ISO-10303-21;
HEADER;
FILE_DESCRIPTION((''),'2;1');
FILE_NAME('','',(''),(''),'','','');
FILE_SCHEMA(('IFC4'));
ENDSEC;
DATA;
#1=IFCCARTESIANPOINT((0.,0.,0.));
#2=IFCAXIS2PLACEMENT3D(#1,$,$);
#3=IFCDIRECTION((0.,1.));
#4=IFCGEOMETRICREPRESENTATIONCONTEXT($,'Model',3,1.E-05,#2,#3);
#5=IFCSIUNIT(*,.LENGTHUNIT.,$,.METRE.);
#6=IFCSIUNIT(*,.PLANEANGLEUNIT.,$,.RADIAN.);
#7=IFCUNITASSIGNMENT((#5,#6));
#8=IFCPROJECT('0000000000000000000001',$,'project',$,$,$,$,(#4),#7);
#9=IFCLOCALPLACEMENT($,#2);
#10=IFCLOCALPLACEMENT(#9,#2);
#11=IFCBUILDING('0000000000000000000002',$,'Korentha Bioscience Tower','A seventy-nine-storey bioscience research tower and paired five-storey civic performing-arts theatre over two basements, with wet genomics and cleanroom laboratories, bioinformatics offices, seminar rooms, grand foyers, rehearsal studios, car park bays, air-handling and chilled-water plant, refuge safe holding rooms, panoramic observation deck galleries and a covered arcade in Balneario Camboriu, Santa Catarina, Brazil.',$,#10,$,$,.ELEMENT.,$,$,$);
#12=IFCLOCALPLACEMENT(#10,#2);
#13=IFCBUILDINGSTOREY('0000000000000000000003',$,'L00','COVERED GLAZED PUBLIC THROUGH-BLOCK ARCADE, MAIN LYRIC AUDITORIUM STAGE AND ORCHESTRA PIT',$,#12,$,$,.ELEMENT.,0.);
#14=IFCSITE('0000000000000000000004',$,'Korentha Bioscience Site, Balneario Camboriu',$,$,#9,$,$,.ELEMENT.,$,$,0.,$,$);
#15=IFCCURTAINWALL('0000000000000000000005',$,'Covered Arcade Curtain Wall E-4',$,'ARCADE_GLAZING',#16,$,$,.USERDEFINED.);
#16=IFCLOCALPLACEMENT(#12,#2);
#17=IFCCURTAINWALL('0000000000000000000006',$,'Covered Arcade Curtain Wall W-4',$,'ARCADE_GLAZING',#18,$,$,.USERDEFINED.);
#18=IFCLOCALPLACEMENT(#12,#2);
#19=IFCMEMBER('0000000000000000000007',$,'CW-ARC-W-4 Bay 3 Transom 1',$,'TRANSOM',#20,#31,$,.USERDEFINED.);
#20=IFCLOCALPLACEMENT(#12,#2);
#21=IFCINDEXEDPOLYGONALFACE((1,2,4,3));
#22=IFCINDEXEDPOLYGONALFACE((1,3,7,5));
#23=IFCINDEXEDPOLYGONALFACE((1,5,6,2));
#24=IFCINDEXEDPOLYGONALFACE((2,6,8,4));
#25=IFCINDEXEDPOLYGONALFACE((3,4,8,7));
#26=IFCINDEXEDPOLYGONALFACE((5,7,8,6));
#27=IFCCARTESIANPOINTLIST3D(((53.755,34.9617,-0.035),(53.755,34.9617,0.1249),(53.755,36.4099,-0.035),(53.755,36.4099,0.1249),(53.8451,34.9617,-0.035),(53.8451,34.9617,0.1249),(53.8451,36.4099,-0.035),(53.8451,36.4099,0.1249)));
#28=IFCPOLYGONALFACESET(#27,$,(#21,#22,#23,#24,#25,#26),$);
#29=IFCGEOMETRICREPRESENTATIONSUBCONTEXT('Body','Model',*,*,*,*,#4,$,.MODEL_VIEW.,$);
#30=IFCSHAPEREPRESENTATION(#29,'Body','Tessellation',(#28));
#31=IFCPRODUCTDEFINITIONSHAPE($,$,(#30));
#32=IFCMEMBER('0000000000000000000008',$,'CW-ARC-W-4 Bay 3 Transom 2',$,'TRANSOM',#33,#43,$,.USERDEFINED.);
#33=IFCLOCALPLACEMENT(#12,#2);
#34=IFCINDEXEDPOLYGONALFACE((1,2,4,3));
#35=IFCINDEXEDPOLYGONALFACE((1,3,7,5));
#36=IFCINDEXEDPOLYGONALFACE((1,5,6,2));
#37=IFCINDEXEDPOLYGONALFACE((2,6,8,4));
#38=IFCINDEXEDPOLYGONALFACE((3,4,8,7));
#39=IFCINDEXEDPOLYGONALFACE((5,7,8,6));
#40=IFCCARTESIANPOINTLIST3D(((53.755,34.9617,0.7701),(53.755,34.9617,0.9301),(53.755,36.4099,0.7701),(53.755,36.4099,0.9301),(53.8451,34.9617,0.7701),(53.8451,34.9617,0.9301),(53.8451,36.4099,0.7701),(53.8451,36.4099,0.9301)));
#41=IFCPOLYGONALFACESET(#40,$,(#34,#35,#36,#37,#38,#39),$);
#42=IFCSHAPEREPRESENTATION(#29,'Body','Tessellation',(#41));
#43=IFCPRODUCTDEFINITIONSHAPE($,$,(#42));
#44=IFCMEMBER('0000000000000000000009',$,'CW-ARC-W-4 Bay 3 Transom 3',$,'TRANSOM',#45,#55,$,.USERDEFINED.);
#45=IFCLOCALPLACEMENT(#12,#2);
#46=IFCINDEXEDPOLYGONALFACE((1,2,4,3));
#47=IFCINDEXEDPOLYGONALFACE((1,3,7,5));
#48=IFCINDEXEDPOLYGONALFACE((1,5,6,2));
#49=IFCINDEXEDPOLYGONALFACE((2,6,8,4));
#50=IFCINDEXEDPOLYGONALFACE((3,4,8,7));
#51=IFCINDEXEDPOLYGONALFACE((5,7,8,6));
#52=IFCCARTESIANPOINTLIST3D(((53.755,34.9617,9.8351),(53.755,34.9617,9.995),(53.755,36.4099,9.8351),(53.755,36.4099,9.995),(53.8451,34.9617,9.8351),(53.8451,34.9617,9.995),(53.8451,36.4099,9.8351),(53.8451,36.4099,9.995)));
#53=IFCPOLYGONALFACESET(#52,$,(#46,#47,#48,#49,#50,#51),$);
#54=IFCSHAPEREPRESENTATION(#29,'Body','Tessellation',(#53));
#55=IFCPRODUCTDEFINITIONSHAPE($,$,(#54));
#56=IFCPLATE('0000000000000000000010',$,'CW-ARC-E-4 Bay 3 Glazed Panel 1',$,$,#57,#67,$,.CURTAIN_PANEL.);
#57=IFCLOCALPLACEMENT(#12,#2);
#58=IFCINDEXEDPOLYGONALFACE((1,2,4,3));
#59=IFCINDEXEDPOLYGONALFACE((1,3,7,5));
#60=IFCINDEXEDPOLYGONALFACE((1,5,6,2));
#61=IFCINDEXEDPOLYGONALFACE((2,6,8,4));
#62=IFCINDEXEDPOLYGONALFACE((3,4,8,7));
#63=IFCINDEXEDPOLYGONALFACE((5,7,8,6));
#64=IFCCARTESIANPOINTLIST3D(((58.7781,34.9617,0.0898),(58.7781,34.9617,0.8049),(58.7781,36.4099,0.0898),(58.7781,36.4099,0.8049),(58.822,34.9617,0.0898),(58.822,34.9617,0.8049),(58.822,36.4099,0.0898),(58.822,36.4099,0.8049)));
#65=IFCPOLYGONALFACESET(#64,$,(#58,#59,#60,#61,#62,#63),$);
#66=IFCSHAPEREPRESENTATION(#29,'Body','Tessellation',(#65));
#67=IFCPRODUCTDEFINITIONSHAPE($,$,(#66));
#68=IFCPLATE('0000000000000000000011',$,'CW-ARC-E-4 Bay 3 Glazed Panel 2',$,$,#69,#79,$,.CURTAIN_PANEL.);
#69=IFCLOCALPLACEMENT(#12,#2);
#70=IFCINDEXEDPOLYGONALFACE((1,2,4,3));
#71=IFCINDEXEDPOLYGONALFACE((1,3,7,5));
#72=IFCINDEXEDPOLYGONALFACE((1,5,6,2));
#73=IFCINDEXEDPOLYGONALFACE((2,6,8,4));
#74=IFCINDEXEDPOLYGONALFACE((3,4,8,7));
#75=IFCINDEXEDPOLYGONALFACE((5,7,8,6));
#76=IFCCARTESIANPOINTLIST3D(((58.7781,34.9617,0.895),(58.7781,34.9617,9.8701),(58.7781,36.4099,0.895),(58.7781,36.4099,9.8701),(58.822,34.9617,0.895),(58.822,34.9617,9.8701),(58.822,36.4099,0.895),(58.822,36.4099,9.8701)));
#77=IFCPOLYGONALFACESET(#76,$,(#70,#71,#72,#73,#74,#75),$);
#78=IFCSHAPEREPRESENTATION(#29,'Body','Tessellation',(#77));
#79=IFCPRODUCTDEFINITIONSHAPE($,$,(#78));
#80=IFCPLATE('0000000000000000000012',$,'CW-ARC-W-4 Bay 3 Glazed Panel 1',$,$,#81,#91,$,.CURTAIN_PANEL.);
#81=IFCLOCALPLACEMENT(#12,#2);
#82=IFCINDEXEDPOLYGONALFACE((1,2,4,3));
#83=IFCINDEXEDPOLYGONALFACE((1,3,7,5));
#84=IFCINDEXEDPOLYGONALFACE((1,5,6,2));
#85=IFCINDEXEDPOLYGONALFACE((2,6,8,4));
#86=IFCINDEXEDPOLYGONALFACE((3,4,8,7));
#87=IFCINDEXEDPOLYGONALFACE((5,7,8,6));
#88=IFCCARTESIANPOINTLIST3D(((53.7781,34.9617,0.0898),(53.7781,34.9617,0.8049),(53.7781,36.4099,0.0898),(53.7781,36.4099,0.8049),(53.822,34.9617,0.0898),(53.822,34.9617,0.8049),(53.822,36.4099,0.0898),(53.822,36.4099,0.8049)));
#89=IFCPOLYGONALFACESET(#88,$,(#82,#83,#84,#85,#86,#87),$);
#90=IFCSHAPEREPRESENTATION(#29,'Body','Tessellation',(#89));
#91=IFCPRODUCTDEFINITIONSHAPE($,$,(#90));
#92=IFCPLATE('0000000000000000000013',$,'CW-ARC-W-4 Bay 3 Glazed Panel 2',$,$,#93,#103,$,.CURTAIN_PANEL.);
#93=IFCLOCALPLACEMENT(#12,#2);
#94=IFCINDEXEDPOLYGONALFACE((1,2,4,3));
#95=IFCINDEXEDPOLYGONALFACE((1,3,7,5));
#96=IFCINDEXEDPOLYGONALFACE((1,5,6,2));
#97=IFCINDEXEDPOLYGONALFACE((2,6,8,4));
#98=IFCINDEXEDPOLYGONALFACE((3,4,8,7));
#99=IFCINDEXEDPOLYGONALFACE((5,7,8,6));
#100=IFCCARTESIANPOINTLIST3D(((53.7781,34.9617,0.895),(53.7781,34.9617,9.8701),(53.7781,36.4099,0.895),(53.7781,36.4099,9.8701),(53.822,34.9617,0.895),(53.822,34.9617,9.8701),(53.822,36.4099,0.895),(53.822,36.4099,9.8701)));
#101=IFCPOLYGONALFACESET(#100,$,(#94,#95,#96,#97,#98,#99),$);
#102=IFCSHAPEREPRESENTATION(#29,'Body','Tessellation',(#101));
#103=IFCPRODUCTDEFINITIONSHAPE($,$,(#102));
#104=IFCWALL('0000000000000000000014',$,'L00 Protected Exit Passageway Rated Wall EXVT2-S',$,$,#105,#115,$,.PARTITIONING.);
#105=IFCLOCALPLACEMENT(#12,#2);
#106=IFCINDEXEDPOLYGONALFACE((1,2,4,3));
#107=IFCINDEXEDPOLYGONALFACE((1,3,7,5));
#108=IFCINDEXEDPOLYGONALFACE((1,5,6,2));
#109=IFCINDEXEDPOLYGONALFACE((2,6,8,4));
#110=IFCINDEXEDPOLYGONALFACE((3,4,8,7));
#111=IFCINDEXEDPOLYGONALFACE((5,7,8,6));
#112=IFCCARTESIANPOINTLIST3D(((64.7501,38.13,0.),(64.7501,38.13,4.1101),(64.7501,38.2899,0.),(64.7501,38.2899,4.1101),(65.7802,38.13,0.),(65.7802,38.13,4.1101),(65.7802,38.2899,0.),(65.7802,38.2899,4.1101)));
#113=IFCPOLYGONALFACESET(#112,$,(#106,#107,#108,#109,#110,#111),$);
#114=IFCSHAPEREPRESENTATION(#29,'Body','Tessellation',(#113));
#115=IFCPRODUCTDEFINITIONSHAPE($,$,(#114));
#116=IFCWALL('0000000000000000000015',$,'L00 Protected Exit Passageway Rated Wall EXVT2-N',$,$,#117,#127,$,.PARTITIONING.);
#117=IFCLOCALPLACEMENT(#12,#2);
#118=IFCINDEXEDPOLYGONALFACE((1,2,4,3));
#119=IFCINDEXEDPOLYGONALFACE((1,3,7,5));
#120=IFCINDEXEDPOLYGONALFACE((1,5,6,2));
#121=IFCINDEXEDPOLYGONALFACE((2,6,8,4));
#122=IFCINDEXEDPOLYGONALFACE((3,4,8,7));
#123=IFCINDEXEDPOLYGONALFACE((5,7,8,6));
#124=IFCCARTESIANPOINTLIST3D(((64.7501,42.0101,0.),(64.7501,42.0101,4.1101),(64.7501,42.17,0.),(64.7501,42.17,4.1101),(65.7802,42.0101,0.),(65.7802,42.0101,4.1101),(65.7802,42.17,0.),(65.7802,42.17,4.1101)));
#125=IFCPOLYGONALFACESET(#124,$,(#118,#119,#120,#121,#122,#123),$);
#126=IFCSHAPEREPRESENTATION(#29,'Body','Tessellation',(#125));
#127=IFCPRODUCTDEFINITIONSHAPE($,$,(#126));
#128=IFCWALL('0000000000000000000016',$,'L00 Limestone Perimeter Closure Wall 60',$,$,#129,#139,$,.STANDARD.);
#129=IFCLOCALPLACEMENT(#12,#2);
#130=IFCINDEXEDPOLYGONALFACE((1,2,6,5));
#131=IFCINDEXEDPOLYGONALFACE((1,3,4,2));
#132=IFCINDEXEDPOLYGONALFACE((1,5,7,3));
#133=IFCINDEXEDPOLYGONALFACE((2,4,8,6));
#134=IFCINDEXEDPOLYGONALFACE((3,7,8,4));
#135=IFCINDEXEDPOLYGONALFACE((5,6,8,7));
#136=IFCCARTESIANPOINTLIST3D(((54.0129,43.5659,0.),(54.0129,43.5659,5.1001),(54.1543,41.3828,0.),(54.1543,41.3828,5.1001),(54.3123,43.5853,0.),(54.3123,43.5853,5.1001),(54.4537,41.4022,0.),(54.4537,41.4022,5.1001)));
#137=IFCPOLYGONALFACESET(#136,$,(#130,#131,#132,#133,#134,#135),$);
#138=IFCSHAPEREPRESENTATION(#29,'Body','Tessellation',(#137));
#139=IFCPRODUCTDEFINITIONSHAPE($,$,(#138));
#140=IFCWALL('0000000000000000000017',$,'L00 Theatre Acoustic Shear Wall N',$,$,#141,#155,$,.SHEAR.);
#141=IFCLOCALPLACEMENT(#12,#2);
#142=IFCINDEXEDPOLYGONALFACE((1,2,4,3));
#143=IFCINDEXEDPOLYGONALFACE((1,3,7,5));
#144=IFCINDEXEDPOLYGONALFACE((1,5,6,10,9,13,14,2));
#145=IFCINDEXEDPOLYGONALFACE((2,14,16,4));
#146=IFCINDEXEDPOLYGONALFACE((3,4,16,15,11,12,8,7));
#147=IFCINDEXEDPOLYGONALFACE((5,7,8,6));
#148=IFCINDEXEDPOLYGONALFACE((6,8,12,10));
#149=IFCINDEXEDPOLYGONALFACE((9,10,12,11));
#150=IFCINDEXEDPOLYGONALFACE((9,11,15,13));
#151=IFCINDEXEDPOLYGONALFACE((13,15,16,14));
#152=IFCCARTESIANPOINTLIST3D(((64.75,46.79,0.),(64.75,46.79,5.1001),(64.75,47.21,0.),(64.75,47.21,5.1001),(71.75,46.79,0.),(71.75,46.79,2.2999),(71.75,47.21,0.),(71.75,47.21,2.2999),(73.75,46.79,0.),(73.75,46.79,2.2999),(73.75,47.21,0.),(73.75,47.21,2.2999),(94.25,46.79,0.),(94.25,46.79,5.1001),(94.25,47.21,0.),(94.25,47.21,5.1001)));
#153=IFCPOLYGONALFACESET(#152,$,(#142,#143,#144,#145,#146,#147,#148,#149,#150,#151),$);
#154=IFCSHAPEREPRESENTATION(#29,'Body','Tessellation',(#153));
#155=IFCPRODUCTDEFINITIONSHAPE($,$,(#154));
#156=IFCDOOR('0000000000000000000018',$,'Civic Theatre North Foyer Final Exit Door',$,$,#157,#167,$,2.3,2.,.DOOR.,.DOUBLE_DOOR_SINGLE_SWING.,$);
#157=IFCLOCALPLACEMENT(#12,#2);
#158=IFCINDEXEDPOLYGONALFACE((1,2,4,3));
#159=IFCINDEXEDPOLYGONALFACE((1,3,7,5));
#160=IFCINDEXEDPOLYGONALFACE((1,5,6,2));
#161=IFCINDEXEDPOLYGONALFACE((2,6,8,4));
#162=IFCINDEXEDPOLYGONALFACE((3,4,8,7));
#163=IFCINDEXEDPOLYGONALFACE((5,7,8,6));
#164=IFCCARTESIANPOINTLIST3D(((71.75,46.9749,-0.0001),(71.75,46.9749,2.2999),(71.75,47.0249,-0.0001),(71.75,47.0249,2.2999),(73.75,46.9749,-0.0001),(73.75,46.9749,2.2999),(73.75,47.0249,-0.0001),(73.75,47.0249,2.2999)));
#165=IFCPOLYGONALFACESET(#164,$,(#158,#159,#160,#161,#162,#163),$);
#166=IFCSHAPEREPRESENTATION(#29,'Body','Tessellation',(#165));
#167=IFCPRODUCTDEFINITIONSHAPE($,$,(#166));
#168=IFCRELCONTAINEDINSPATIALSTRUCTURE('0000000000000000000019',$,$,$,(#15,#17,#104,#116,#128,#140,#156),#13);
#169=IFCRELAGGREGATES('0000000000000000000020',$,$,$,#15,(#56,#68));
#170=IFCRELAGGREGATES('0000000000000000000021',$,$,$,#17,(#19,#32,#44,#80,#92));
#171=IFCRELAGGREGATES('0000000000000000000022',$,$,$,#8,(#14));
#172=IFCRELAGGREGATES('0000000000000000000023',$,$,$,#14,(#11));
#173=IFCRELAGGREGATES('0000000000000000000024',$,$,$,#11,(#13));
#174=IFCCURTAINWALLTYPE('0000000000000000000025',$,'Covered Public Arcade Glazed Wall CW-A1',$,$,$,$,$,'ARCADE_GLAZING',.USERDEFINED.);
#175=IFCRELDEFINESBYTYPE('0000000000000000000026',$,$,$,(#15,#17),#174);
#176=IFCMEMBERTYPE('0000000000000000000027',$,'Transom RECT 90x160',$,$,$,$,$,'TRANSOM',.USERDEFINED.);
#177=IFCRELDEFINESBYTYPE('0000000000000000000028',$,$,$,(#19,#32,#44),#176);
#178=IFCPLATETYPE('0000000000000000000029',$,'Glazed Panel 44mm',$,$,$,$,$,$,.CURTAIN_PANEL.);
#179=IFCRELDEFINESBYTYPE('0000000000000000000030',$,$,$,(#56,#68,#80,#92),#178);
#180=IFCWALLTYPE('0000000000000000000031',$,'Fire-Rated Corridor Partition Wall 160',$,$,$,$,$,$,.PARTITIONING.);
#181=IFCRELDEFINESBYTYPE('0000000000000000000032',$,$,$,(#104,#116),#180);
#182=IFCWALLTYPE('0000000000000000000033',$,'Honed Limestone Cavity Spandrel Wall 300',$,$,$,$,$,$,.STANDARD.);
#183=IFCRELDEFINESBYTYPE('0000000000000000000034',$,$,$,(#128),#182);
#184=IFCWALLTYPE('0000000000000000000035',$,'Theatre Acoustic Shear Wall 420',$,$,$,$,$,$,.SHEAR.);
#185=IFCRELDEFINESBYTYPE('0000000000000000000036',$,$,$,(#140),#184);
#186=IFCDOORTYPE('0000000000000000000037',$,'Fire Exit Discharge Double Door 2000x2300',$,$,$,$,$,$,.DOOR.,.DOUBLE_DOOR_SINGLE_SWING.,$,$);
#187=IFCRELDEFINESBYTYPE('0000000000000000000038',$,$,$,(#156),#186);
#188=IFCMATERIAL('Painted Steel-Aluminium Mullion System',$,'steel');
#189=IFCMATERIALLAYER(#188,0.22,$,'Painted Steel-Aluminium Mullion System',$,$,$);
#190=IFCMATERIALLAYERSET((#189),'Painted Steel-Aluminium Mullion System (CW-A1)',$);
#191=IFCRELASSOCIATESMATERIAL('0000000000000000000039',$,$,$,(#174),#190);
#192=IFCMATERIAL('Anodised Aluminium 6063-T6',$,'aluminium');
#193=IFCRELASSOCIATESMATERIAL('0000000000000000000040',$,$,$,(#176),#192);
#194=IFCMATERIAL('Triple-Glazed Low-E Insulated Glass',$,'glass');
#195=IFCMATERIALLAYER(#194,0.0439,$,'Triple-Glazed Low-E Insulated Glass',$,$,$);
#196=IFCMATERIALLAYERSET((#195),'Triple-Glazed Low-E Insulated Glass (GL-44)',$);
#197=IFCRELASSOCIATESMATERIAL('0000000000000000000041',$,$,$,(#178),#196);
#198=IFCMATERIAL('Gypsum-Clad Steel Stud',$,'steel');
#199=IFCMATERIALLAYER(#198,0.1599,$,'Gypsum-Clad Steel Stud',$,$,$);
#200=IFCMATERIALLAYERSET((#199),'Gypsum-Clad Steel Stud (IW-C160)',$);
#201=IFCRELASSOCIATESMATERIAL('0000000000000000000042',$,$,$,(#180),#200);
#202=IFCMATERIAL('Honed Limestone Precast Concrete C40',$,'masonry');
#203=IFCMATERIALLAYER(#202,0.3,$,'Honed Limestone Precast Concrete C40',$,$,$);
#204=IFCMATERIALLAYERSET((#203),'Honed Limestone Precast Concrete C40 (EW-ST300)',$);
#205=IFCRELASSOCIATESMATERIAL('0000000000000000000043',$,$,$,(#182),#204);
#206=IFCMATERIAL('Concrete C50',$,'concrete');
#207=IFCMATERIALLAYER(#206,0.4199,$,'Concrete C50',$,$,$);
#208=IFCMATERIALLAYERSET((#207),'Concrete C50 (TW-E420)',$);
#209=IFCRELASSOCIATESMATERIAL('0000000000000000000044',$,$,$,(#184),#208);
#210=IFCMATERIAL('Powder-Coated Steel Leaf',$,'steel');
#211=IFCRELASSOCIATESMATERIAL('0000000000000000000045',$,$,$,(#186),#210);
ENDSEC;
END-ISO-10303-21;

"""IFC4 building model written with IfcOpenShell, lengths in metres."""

from ifc_helpers import new_model, si_unit, direction, frame, frame_2d, origin, origin_2d, place, context, subcontext, project, spatial, rectangle, extrude, material, layer, layer_set, material_profile, profile_set, type_object, element, fill, aggregate, save


model = new_model("IFC4")

# Units and contexts
model_context = context("Model", 3, precision=1e-05, world=origin(), true_north=direction((0.0, 1.0)))
body_context = subcontext(model_context, "Body", "Model", "MODEL_VIEW")
ifc_project = project(units=[si_unit("LENGTHUNIT", "METRE"), si_unit("PLANEANGLEUNIT", "RADIAN")], contexts=[model_context])

# Site, building, storey
site_placement = place(None, origin())
site = spatial("IfcSite", under=ifc_project, at=site_placement, Name="Korentha Bioscience Site, Balneario Camboriu", CompositionType="ELEMENT", RefElevation=0.0)
building_placement = place(site_placement, origin())
building = spatial("IfcBuilding", under=site, at=building_placement, Name="Korentha Bioscience Tower", Description="A seventy-nine-storey bioscience research tower and paired five-storey civic performing-arts theatre over two basements, with wet genomics and cleanroom laboratories, bioinformatics offices, seminar rooms, grand foyers, rehearsal studios, car park bays, air-handling and chilled-water plant, refuge safe holding rooms, panoramic observation deck galleries and a covered arcade in Balneario Camboriu, Santa Catarina, Brazil.", CompositionType="ELEMENT")
storey_placement = place(building_placement, origin())
storey = spatial("IfcBuildingStorey", under=building, at=storey_placement, Name="L00", Description="COVERED GLAZED PUBLIC THROUGH-BLOCK ARCADE, MAIN LYRIC AUDITORIUM STAGE AND ORCHESTRA PIT", CompositionType="ELEMENT", Elevation=0.0)

# Shared definitions
ifc_material_1 = material(Name="Anodised Aluminium 6063-T6", Category="aluminium")

# Curtain wall
ifc_material_2 = material(Name="Painted Steel-Aluminium Mullion System", Category="steel")
ifc_layer_1 = layer(ifc_material_2, 0.22, Name="Painted Steel-Aluminium Mullion System")
ifc_layer_set_1 = layer_set([ifc_layer_1], Name="Painted Steel-Aluminium Mullion System (CW-A1)")
curtain_wall_type_1 = type_object("IfcCurtainWallType", Name="Covered Public Arcade Glazed Wall CW-A1", ElementType="ARCADE_GLAZING", PredefinedType="USERDEFINED", material=ifc_layer_set_1)
curtain_wall_1_placement = place(storey_placement, origin())
curtain_wall_1 = element("IfcCurtainWall", 1, at=curtain_wall_1_placement, inside=storey, type_object=curtain_wall_type_1, Name="Covered Arcade Curtain Wall E-4", ObjectType="ARCADE_GLAZING", PredefinedType="USERDEFINED")

# Curtain wall
curtain_wall_2_placement = place(storey_placement, origin())
curtain_wall_2 = element("IfcCurtainWall", 2, at=curtain_wall_2_placement, inside=storey, type_object=curtain_wall_type_1, Name="Covered Arcade Curtain Wall W-4", ObjectType="ARCADE_GLAZING", PredefinedType="USERDEFINED")

# Members
ifc_material_profile_1 = material_profile(ifc_material_1, rectangle(XDim=0.0901, YDim=0.1599, at=origin_2d()), Name="Anodised Aluminium 6063-T6")
ifc_profile_set_1 = profile_set([ifc_material_profile_1], Name="Anodised Aluminium 6063-T6 (CW-TRN)")
member_type_1 = type_object("IfcMemberType", Name="Transom RECT 90x160", ElementType="TRANSOM", PredefinedType="USERDEFINED", material=ifc_profile_set_1)
member_1_placement = place(storey_placement, frame((53.8, 34.9617, 0.0449), z_axis=(0.0, 1.0, 0.0), x_axis=(-1.0, 0.0, 0.0)))
member_1 = element("IfcMember", 3, at=member_1_placement, type_object=member_type_1, Name="CW-ARC-W-4 Bay 3 Transom 1", ObjectType="TRANSOM", PredefinedType="USERDEFINED", context=body_context, shape_type="SweptSolid", body=[
    extrude(rectangle(XDim=0.0901, YDim=0.1599, at=origin_2d()), origin(), (0.0, 0.0, 1.0), 1.4482),
])
member_2_placement = place(storey_placement, frame((53.8, 34.9617, 0.8501), z_axis=(0.0, 1.0, 0.0), x_axis=(-1.0, 0.0, 0.0)))
member_2 = element("IfcMember", 4, at=member_2_placement, type_object=member_type_1, Name="CW-ARC-W-4 Bay 3 Transom 2", ObjectType="TRANSOM", PredefinedType="USERDEFINED", context=body_context, shape_type="SweptSolid", body=[
    extrude(rectangle(XDim=0.0901, YDim=0.1599, at=origin_2d()), origin(), (0.0, 0.0, 1.0), 1.4482),
])
member_3_placement = place(storey_placement, frame((53.8, 34.9617, 9.915), z_axis=(0.0, 1.0, 0.0), x_axis=(-1.0, 0.0, 0.0)))
member_3 = element("IfcMember", 5, at=member_3_placement, type_object=member_type_1, Name="CW-ARC-W-4 Bay 3 Transom 3", ObjectType="TRANSOM", PredefinedType="USERDEFINED", context=body_context, shape_type="SweptSolid", body=[
    extrude(rectangle(XDim=0.0901, YDim=0.1599, at=origin_2d()), origin(), (0.0, 0.0, 1.0), 1.4482),
])

# Plates
ifc_material_3 = material(Name="Triple-Glazed Low-E Insulated Glass", Category="glass")
ifc_layer_2 = layer(ifc_material_3, 0.0439, Name="Triple-Glazed Low-E Insulated Glass")
ifc_layer_set_2 = layer_set([ifc_layer_2], Name="Triple-Glazed Low-E Insulated Glass (GL-44)")
plate_type = type_object("IfcPlateType", Name="Glazed Panel 44mm", PredefinedType="CURTAIN_PANEL", material=ifc_layer_set_2)
plate_1_placement = place(storey_placement, frame((58.8, 35.6858, 0.0898), z_axis=(0.0, 0.0, 1.0), x_axis=(0.0, 1.0, 0.0)))
plate_1 = element("IfcPlate", 6, at=plate_1_placement, type_object=plate_type, Name="CW-ARC-E-4 Bay 3 Glazed Panel 1", PredefinedType="CURTAIN_PANEL", context=body_context, shape_type="SweptSolid", body=[
    extrude(rectangle(XDim=1.4482, YDim=0.0439, at=origin_2d()), origin(), (0.0, 0.0, 1.0), 0.7151),
])
plate_2_placement = place(storey_placement, frame((58.8, 35.6858, 0.895), z_axis=(0.0, 0.0, 1.0), x_axis=(0.0, 1.0, 0.0)))
plate_2 = element("IfcPlate", 7, at=plate_2_placement, type_object=plate_type, Name="CW-ARC-E-4 Bay 3 Glazed Panel 2", PredefinedType="CURTAIN_PANEL", context=body_context, shape_type="SweptSolid", body=[
    extrude(rectangle(XDim=1.4482, YDim=0.0439, at=origin_2d()), origin(), (0.0, 0.0, 1.0), 8.9751),
])
aggregate(curtain_wall_1, [plate_1, plate_2])
plate_3_placement = place(storey_placement, frame((53.8, 35.6858, 0.0898), z_axis=(0.0, 0.0, 1.0), x_axis=(0.0, 1.0, 0.0)))
plate_3 = element("IfcPlate", 8, at=plate_3_placement, type_object=plate_type, Name="CW-ARC-W-4 Bay 3 Glazed Panel 1", PredefinedType="CURTAIN_PANEL", context=body_context, shape_type="SweptSolid", body=[
    extrude(rectangle(XDim=1.4482, YDim=0.0439, at=origin_2d()), origin(), (0.0, 0.0, 1.0), 0.7151),
])
plate_4_placement = place(storey_placement, frame((53.8, 35.6858, 0.895), z_axis=(0.0, 0.0, 1.0), x_axis=(0.0, 1.0, 0.0)))
plate_4 = element("IfcPlate", 9, at=plate_4_placement, type_object=plate_type, Name="CW-ARC-W-4 Bay 3 Glazed Panel 2", PredefinedType="CURTAIN_PANEL", context=body_context, shape_type="SweptSolid", body=[
    extrude(rectangle(XDim=1.4482, YDim=0.0439, at=origin_2d()), origin(), (0.0, 0.0, 1.0), 8.9751),
])
aggregate(curtain_wall_2, [member_1, member_2, member_3, plate_3, plate_4])

# Walls
ifc_material_4 = material(Name="Gypsum-Clad Steel Stud", Category="steel")
ifc_layer_3 = layer(ifc_material_4, 0.1599, Name="Gypsum-Clad Steel Stud")
ifc_layer_set_3 = layer_set([ifc_layer_3], Name="Gypsum-Clad Steel Stud (IW-C160)")
wall_type_1 = type_object("IfcWallType", Name="Fire-Rated Corridor Partition Wall 160", PredefinedType="PARTITIONING", material=ifc_layer_set_3)
for number, where, z_axis, x_axis, name in (
    (10, (64.75, 38.21, 0.0), (0.0, 0.0, 1.0), (1.0, 0.0, 0.0), "L00 Protected Exit Passageway Rated Wall EXVT2-S"),
    (11, (64.75, 42.0901, 0.0), (0.0, 0.0, 1.0), (1.0, 0.0, 0.0), "L00 Protected Exit Passageway Rated Wall EXVT2-N"),
):
    element("IfcWall", number, at=place(storey_placement, frame(where, z_axis=z_axis, x_axis=x_axis)), inside=storey, type_object=wall_type_1, Name=name, PredefinedType="PARTITIONING", context=body_context, shape_type="SweptSolid", body=[
        extrude(rectangle(XDim=1.03, YDim=0.1599, at=frame_2d((0.5151, 0.0))), origin(), (0.0, 0.0, 1.0), 4.1101),
    ])
ifc_material_5 = material(Name="Honed Limestone Precast Concrete C40", Category="masonry")
ifc_layer_4 = layer(ifc_material_5, 0.3, Name="Honed Limestone Precast Concrete C40")
ifc_layer_set_4 = layer_set([ifc_layer_4], Name="Honed Limestone Precast Concrete C40 (EW-ST300)")
wall_type_2 = type_object("IfcWallType", Name="Honed Limestone Cavity Spandrel Wall 300", PredefinedType="STANDARD", material=ifc_layer_set_4)
wall_1_placement = place(storey_placement, frame((54.304, 41.3926, 0.0), z_axis=(0.0, 0.0, 1.0), x_axis=(-0.064615, 0.99791, 0.0)))
element("IfcWall", 12, at=wall_1_placement, inside=storey, type_object=wall_type_2, Name="L00 Limestone Perimeter Closure Wall 60", PredefinedType="STANDARD", context=body_context, shape_type="SweptSolid", body=[
    extrude(rectangle(XDim=2.1877, YDim=0.3, at=frame_2d((1.0938, 0.0))), origin(), (0.0, 0.0, 1.0), 5.1001),
])

# Wall, opening, door
ifc_material_6 = material(Name="Concrete C50", Category="concrete")
ifc_layer_5 = layer(ifc_material_6, 0.4199, Name="Concrete C50")
ifc_layer_set_5 = layer_set([ifc_layer_5], Name="Concrete C50 (TW-E420)")
wall_type_3 = type_object("IfcWallType", Name="Theatre Acoustic Shear Wall 420", PredefinedType="SHEAR", material=ifc_layer_set_5)
wall_2_placement = place(storey_placement, frame((64.75, 47.0, 0.0), z_axis=(0.0, 0.0, 1.0), x_axis=(1.0, 0.0, 0.0)))
wall_2 = element("IfcWall", 13, at=wall_2_placement, inside=storey, type_object=wall_type_3, Name="L00 Theatre Acoustic Shear Wall N", PredefinedType="SHEAR", context=body_context, shape_type="SweptSolid", body=[
    extrude(rectangle(XDim=29.5, YDim=0.4199, at=frame_2d((14.75, 0.0))), origin(), (0.0, 0.0, 1.0), 5.1001),
])
opening_1_placement = place(wall_2_placement, frame((7.0, 0.0, 0.0)))
opening_1 = element("IfcOpeningElement", 14, at=opening_1_placement, cuts=wall_2, PredefinedType="OPENING", context=body_context, shape_type="SweptSolid", body=[
    extrude(rectangle(XDim=2.0, YDim=2.3, at=frame_2d((1.0, 1.1499))), frame((0.0, 0.2249, 0.0), z_axis=(0.0, -1.0, 0.0), x_axis=(1.0, 0.0, 0.0)), (0.0, 0.0, 1.0), 0.4497),
])
ifc_material_7 = material(Name="Powder-Coated Steel Leaf", Category="steel")
door_type_1 = type_object("IfcDoorType", Name="Fire Exit Discharge Double Door 2000x2300", OperationType="DOUBLE_DOOR_SINGLE_SWING", PredefinedType="DOOR", material=ifc_material_7)
door_1_placement = place(opening_1_placement, origin())
door_1 = element("IfcDoor", 15, at=door_1_placement, inside=storey, type_object=door_type_1, Name="Civic Theatre North Foyer Final Exit Door", OperationType="DOUBLE_DOOR_SINGLE_SWING", OverallHeight=2.3, OverallWidth=2.0, PredefinedType="DOOR", context=body_context, shape_type="SweptSolid", body=[
    extrude(rectangle(XDim=2.0, YDim=2.3, at=frame_2d((1.0, 1.1499))), frame((0.0, 0.0249, 0.0), z_axis=(0.0, -1.0, 0.0), x_axis=(1.0, 0.0, 0.0)), (0.0, 0.0, 1.0), 0.05),
])
fill(opening_1, door_1)

save(model, "model.ifc")
